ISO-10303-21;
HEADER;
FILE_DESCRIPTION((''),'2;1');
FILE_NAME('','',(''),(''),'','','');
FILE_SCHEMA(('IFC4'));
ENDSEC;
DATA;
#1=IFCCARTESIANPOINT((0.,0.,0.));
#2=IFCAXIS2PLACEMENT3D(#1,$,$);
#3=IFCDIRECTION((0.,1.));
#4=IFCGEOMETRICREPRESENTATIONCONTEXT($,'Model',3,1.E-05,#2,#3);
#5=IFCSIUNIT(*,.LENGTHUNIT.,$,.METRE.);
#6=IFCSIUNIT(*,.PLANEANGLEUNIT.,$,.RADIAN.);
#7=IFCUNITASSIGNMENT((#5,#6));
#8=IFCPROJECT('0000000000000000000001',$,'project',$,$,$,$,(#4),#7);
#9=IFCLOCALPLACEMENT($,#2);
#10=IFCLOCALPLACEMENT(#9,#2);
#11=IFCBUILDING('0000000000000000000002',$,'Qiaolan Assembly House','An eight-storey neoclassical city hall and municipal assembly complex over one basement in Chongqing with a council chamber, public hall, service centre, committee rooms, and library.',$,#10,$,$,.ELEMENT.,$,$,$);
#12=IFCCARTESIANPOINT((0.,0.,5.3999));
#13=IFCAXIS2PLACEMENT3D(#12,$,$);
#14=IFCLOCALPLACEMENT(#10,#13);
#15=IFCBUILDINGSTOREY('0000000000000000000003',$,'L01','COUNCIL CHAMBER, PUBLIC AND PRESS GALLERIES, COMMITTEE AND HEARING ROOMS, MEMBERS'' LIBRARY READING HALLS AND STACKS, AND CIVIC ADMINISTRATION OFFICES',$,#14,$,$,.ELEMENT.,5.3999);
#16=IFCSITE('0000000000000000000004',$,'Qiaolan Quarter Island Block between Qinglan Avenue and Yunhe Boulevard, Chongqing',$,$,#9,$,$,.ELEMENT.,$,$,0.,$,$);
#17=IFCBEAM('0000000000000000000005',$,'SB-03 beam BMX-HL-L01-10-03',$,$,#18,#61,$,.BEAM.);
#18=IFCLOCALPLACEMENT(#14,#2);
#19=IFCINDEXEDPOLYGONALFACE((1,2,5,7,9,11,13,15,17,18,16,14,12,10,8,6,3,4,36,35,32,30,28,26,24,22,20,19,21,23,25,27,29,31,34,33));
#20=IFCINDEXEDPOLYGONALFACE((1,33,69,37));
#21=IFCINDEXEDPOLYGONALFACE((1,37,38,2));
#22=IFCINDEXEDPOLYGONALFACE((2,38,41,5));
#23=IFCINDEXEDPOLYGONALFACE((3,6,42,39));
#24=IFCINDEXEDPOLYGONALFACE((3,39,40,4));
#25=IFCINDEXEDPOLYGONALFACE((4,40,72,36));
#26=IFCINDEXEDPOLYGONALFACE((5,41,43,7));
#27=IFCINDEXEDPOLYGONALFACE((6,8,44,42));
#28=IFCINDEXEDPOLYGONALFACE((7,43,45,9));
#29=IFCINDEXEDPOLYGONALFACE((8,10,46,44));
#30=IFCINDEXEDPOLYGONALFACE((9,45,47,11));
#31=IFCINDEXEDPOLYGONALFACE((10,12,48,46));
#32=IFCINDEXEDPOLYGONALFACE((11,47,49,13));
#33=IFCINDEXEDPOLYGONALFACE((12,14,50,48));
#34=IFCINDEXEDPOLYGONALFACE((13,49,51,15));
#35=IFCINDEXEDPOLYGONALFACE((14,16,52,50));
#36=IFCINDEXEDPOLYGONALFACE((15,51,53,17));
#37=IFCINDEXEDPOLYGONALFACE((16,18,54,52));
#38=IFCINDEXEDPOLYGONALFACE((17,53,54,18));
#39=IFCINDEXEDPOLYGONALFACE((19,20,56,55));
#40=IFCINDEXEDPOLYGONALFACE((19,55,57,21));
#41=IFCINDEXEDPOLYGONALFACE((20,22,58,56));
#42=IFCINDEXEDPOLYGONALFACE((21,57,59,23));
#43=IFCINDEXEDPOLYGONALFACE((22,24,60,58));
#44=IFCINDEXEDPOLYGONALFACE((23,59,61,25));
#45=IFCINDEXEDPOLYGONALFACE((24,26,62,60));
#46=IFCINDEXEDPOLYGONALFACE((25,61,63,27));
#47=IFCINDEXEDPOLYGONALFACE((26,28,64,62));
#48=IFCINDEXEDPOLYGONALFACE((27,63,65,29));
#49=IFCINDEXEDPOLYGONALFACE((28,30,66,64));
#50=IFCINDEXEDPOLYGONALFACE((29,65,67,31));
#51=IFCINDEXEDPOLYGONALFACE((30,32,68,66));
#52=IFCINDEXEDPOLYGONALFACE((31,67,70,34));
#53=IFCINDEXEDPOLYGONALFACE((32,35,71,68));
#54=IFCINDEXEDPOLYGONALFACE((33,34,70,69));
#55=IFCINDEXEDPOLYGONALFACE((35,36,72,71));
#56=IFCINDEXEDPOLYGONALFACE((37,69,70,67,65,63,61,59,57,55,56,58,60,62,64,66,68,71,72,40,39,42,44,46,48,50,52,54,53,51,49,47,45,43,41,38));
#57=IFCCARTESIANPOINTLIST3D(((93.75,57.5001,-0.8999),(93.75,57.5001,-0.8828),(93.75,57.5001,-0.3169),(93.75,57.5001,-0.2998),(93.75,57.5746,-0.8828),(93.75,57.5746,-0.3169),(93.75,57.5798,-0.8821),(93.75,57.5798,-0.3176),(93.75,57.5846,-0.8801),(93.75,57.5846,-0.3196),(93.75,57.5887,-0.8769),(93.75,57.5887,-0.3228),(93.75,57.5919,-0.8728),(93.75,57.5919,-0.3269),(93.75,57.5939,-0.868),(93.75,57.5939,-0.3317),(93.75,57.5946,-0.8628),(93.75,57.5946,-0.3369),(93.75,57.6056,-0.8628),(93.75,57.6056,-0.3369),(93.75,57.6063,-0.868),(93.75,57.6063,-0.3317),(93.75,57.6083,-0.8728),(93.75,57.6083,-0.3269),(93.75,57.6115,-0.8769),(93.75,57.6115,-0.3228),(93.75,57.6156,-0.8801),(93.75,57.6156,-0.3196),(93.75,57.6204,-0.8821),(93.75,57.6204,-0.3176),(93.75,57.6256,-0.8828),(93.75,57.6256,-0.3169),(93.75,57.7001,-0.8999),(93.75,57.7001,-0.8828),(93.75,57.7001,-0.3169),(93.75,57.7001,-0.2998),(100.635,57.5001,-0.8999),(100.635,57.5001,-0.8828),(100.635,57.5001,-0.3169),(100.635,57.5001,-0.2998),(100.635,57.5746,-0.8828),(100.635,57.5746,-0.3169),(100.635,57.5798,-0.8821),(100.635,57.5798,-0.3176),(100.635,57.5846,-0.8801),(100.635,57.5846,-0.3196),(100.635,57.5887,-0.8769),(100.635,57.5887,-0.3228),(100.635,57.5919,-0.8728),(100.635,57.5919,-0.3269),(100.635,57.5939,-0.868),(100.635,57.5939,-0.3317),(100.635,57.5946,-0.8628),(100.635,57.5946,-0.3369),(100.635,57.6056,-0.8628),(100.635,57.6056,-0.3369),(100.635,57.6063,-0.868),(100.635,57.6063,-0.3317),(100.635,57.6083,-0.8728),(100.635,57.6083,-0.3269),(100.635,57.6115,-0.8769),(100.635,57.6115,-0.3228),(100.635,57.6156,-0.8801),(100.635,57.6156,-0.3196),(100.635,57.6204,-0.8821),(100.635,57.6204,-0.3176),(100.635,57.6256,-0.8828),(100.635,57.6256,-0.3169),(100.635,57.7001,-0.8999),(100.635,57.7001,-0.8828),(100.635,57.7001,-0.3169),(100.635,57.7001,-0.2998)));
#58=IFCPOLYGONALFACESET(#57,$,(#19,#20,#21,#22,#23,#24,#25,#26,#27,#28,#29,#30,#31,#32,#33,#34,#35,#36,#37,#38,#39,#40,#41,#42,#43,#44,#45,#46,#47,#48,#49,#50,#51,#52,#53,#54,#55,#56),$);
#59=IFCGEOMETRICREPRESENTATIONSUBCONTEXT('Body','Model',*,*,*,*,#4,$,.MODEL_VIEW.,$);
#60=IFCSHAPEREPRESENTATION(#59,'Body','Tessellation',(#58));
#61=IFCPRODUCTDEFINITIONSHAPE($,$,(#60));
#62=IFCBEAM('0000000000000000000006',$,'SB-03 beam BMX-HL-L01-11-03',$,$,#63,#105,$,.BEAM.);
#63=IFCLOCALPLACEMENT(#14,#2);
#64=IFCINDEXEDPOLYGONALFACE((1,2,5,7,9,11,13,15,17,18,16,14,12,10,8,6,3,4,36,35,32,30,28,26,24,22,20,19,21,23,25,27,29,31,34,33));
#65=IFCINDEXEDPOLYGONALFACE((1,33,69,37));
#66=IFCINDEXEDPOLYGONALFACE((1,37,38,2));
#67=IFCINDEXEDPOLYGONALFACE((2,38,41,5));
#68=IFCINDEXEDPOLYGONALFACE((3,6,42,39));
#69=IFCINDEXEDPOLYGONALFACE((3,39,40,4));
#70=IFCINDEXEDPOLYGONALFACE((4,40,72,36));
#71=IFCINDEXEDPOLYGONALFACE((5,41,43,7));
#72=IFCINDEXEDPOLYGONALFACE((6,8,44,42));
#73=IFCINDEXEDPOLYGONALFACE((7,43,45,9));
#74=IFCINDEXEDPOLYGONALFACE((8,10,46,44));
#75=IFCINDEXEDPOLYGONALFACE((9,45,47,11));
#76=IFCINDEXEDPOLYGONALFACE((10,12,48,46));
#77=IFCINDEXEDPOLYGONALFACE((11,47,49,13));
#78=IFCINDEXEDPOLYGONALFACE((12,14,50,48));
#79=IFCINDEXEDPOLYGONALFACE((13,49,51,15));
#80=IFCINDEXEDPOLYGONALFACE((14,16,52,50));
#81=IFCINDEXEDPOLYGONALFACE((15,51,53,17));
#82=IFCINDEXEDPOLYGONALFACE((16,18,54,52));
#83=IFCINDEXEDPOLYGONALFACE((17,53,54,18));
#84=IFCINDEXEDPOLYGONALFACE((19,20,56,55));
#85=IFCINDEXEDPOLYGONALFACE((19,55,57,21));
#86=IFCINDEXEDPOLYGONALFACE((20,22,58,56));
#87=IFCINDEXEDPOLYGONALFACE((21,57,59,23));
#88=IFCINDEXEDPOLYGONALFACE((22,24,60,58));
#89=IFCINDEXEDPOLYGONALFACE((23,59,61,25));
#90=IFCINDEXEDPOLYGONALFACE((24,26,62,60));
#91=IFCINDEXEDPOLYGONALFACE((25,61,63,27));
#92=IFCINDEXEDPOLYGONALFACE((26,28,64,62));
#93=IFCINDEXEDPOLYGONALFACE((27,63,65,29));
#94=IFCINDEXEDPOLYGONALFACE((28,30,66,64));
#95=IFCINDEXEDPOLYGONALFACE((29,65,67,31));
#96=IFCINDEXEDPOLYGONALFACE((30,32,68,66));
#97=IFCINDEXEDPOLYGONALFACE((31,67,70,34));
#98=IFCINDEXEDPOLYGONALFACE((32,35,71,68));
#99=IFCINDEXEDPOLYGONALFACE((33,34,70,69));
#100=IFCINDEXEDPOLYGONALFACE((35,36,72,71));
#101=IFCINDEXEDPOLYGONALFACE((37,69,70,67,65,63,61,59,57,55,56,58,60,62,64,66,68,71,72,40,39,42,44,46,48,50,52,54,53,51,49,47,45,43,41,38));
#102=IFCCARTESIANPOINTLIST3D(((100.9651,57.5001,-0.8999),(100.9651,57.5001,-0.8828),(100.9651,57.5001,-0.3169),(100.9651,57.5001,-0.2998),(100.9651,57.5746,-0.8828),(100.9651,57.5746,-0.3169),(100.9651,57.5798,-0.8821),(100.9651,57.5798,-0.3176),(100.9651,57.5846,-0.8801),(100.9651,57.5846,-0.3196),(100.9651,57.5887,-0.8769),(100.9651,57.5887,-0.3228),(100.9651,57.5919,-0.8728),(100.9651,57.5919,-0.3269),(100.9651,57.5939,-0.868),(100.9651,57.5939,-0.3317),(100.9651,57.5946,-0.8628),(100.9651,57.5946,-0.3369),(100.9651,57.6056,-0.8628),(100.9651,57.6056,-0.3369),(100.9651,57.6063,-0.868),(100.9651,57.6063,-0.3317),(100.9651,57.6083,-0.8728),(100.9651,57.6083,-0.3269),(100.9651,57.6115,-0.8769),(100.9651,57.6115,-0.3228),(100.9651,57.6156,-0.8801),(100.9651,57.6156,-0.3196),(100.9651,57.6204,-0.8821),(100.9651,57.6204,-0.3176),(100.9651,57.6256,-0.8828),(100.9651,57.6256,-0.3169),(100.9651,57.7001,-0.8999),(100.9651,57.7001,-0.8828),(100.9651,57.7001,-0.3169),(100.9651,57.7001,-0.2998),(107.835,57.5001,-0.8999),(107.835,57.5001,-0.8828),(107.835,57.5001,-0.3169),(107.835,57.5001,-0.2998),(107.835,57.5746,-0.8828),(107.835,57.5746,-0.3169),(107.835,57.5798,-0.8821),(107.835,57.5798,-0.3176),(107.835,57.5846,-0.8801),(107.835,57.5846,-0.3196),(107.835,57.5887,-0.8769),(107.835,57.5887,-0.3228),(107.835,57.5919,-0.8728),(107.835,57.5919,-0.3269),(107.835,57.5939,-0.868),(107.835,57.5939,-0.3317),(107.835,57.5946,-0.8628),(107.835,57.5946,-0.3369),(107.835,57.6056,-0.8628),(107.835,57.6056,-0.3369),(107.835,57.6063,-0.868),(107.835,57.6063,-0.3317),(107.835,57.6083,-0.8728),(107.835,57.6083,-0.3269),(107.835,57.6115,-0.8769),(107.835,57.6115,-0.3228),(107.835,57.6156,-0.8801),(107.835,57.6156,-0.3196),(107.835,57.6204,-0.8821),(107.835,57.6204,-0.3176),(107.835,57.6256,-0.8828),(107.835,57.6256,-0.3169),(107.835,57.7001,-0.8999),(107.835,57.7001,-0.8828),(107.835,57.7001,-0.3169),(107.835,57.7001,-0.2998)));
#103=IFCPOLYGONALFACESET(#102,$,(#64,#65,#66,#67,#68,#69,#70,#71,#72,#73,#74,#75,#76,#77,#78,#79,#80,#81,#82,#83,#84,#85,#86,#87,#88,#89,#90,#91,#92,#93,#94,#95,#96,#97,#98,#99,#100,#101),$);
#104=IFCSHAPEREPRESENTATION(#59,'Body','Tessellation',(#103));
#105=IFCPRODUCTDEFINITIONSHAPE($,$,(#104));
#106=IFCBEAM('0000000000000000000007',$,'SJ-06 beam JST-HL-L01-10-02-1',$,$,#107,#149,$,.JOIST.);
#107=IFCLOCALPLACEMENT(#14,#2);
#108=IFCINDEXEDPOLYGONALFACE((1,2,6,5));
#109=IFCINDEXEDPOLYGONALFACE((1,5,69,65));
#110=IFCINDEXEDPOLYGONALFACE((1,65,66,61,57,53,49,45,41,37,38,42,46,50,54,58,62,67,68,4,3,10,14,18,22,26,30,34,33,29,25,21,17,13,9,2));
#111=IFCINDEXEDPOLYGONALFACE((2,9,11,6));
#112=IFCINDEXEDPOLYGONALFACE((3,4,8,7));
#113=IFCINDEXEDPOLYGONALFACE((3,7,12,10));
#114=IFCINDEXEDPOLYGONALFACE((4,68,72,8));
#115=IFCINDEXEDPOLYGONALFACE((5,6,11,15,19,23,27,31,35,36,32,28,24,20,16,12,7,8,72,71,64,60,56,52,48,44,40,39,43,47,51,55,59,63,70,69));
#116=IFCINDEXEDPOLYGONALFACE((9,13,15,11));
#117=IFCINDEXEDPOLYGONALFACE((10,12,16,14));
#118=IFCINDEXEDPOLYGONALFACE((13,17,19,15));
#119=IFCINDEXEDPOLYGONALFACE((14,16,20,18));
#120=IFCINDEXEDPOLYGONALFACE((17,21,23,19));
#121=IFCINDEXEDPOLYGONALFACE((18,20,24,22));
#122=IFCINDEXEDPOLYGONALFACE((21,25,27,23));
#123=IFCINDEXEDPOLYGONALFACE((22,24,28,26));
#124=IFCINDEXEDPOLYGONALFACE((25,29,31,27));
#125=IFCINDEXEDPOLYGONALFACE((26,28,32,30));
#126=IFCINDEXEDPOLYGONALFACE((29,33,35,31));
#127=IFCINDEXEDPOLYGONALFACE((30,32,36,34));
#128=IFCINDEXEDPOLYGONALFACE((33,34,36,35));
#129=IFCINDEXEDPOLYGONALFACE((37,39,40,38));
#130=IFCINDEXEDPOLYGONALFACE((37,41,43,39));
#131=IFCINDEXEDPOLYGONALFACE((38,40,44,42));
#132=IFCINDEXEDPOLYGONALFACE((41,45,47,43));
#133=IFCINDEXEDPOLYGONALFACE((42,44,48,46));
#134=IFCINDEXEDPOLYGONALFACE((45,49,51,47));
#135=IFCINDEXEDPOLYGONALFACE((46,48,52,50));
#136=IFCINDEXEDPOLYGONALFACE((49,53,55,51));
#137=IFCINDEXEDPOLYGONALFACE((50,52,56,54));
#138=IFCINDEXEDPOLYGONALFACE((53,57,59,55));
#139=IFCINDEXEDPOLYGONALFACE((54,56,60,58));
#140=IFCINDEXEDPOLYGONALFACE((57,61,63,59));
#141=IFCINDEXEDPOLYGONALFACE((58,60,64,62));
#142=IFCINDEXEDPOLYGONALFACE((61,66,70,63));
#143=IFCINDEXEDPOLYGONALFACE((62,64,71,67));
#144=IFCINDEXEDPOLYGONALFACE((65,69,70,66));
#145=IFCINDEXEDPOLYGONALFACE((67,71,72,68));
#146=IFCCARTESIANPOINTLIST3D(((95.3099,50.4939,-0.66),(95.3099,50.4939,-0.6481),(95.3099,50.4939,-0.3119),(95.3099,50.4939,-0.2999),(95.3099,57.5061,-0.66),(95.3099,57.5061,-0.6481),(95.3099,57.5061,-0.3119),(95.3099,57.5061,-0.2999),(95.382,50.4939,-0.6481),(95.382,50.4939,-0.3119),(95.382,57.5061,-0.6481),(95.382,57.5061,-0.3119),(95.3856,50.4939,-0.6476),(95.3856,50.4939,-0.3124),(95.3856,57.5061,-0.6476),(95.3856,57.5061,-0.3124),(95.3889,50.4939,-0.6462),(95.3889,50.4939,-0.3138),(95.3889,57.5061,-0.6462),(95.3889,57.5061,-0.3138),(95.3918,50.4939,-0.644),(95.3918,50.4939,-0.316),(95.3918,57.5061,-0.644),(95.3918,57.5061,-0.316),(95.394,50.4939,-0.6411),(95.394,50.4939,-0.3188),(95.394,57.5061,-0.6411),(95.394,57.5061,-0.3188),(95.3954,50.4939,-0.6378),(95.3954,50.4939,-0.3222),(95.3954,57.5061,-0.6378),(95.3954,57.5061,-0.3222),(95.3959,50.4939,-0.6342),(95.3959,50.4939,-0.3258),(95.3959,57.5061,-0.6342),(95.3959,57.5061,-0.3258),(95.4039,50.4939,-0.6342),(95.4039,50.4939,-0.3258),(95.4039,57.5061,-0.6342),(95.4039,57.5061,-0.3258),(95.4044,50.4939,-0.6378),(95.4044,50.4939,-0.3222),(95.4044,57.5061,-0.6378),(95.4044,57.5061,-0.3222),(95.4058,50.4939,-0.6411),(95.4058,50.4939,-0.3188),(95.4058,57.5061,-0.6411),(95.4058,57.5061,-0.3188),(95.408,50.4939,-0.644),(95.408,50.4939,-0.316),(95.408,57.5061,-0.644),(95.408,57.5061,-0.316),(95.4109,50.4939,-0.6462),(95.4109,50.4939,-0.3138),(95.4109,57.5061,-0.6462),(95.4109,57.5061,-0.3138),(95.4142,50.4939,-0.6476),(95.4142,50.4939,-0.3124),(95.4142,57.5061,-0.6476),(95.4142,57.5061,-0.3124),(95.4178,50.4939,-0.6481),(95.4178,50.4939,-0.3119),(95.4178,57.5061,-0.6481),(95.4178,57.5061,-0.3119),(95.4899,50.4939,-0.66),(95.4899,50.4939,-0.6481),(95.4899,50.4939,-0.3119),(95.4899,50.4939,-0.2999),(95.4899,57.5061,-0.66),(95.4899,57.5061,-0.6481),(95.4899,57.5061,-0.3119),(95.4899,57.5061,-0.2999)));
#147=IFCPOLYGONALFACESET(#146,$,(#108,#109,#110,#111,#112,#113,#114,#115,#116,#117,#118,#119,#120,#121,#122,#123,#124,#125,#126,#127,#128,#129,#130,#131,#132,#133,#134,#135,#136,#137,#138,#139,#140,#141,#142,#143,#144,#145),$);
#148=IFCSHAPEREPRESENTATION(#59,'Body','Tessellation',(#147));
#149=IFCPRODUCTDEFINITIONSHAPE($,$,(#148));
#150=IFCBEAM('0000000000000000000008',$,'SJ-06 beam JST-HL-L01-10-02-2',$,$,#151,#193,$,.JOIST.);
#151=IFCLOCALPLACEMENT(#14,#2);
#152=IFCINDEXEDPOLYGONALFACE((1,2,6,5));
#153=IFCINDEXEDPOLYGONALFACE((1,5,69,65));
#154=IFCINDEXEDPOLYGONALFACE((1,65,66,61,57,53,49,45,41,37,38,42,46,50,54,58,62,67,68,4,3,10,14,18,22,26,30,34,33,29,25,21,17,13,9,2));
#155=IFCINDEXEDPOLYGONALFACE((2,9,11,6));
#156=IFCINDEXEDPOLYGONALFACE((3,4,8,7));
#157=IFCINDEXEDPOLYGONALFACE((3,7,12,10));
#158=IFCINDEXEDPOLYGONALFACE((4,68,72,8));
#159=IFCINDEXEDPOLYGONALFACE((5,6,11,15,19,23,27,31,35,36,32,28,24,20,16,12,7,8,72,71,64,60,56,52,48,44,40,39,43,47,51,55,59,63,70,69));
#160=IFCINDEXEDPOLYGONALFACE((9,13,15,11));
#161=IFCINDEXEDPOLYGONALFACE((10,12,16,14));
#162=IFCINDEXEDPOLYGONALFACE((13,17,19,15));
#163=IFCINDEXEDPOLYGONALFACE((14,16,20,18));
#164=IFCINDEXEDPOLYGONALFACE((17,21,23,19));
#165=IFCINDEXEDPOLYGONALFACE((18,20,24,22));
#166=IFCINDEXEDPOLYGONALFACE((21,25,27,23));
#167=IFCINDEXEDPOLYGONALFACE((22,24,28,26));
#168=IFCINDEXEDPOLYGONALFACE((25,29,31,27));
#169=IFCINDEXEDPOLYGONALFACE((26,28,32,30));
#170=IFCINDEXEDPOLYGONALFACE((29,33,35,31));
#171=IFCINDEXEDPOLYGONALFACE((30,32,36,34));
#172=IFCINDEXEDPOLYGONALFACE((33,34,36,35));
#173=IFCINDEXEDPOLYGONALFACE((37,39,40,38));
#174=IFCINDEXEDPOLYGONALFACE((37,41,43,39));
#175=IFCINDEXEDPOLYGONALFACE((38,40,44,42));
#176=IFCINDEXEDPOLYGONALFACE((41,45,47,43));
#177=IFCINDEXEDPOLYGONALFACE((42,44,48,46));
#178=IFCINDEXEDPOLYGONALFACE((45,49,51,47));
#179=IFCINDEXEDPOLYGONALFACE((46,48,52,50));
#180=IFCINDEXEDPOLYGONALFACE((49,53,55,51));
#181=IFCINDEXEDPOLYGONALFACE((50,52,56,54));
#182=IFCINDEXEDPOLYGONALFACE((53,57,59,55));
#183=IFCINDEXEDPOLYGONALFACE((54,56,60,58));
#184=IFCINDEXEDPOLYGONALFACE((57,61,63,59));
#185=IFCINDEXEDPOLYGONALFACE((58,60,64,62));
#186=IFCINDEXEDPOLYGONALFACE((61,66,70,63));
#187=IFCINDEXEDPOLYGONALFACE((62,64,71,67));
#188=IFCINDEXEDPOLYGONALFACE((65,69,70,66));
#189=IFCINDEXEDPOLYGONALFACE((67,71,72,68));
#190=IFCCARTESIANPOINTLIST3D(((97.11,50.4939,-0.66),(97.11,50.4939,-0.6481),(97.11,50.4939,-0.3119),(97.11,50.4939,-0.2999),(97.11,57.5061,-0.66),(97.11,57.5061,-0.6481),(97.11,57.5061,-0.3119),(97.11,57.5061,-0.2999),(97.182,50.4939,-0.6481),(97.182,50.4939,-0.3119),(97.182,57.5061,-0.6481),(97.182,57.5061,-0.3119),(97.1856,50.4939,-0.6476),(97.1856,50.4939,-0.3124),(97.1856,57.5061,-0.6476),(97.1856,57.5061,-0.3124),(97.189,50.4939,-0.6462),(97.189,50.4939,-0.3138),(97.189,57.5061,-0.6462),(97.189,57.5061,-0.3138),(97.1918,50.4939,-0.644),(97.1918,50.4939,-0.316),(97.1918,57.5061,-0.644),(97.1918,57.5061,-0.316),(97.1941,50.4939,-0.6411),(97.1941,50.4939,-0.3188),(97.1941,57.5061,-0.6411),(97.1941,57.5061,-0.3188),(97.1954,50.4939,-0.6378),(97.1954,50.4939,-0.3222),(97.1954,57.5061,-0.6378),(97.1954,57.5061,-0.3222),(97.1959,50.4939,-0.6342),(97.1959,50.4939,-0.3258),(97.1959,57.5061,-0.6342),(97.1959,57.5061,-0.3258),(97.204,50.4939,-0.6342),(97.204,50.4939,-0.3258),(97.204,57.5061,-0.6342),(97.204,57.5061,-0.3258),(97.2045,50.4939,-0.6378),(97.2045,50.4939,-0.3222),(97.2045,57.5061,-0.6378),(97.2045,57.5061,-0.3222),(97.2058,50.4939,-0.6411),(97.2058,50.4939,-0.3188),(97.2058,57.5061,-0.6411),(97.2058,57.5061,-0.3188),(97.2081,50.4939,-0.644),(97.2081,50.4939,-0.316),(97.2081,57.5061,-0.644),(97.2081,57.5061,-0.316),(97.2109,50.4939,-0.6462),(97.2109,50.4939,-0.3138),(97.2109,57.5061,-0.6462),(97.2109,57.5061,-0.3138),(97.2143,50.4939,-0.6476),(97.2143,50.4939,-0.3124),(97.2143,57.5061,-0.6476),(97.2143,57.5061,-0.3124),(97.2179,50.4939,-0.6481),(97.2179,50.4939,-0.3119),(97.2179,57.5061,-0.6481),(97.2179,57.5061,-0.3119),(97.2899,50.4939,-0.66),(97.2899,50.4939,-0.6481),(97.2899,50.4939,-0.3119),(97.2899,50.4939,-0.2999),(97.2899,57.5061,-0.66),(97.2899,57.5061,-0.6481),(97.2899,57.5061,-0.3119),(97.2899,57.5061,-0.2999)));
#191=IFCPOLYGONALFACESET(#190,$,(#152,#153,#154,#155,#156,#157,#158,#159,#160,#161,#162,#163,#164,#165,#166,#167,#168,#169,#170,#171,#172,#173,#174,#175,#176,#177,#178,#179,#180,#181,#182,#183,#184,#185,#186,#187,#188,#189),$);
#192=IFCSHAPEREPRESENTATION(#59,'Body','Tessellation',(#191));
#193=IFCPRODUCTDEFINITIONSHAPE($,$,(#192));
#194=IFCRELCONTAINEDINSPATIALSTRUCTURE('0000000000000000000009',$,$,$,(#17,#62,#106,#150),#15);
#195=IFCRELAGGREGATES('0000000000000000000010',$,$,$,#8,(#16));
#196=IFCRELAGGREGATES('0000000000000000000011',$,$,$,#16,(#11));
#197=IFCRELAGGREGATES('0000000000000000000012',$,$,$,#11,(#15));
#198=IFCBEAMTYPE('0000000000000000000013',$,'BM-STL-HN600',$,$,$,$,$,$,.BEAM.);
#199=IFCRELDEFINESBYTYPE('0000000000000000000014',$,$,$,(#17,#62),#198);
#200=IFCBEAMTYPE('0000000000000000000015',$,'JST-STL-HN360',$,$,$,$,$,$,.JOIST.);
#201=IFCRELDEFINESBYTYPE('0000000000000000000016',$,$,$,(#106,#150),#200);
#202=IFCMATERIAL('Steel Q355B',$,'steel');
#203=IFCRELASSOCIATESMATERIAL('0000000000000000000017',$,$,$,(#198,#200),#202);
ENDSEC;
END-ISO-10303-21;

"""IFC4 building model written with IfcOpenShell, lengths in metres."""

from ifc_helpers import new_model, si_unit, direction, frame, origin, origin_2d, place, context, subcontext, project, spatial, i_section, extrude, material, material_profile, profile_set, type_object, element, save


model = new_model("IFC4")

# Units and contexts
model_context = context("Model", 3, precision=1e-05, world=origin(), true_north=direction((0.0, 1.0)))
body_context = subcontext(model_context, "Body", "Model", "MODEL_VIEW")
ifc_project = project(units=[si_unit("LENGTHUNIT", "METRE"), si_unit("PLANEANGLEUNIT", "RADIAN")], contexts=[model_context])

# Site, building, storey
site_placement = place(None, origin())
site = spatial("IfcSite", under=ifc_project, at=site_placement, Name="Qiaolan Quarter Island Block between Qinglan Avenue and Yunhe Boulevard, Chongqing", CompositionType="ELEMENT", RefElevation=0.0)
building_placement = place(site_placement, origin())
building = spatial("IfcBuilding", under=site, at=building_placement, Name="Qiaolan Assembly House", Description="An eight-storey neoclassical city hall and municipal assembly complex over one basement in Chongqing with a council chamber, public hall, service centre, committee rooms, and library.", CompositionType="ELEMENT")
storey_placement = place(building_placement, frame((0.0, 0.0, 5.3999)))
storey = spatial("IfcBuildingStorey", under=building, at=storey_placement, Name="L01", Description="COUNCIL CHAMBER, PUBLIC AND PRESS GALLERIES, COMMITTEE AND HEARING ROOMS, MEMBERS' LIBRARY READING HALLS AND STACKS, AND CIVIC ADMINISTRATION OFFICES", CompositionType="ELEMENT", Elevation=5.3999)

# Shared definitions
ifc_material_1 = material(Name="Steel Q355B", Category="steel")

# Beams
ifc_material_profile_1 = material_profile(ifc_material_1, i_section(OverallWidth=0.2, OverallDepth=0.6001, WebThickness=0.011, FlangeThickness=0.0171, FilletRadius=0.02, at=origin_2d()), Name="HN 600x200x11x17")
ifc_profile_set_1 = profile_set([ifc_material_profile_1], Name="Steel Q355B")
beam_type_1 = type_object("IfcBeamType", Name="BM-STL-HN600", PredefinedType="BEAM", material=ifc_profile_set_1)
beam_1_placement = place(storey_placement, frame((93.75, 57.6001, -0.5999), z_axis=(1.0, 0.0, 0.0), x_axis=(0.0, 1.0, 0.0)))
element("IfcBeam", 1, at=beam_1_placement, inside=storey, type_object=beam_type_1, Name="SB-03 beam BMX-HL-L01-10-03", PredefinedType="BEAM", context=body_context, shape_type="SweptSolid", body=[
    extrude(i_section(OverallWidth=0.2, OverallDepth=0.6001, WebThickness=0.011, FlangeThickness=0.0171, FilletRadius=0.02, at=origin_2d()), origin(), (0.0, 0.0, 1.0), 6.885),
])
beam_2_placement = place(storey_placement, frame((100.9651, 57.6001, -0.5999), z_axis=(1.0, 0.0, 0.0), x_axis=(0.0, 1.0, 0.0)))
element("IfcBeam", 2, at=beam_2_placement, inside=storey, type_object=beam_type_1, Name="SB-03 beam BMX-HL-L01-11-03", PredefinedType="BEAM", context=body_context, shape_type="SweptSolid", body=[
    extrude(i_section(OverallWidth=0.2, OverallDepth=0.6001, WebThickness=0.011, FlangeThickness=0.0171, FilletRadius=0.02, at=origin_2d()), origin(), (0.0, 0.0, 1.0), 6.8699),
])
ifc_material_profile_2 = material_profile(ifc_material_1, i_section(OverallWidth=0.1799, OverallDepth=0.3601, WebThickness=0.0081, FlangeThickness=0.012, FilletRadius=0.0139, at=origin_2d()), Name="HN 360x180x8x12")
ifc_profile_set_2 = profile_set([ifc_material_profile_2], Name="Steel Q355B")
beam_type_2 = type_object("IfcBeamType", Name="JST-STL-HN360", PredefinedType="JOIST", material=ifc_profile_set_2)
for number, where, z_axis, x_axis, name in (
    (3, (95.3999, 50.4939, -0.48), (0.0, 1.0, 0.0), (-1.0, 0.0, 0.0), "SJ-06 beam JST-HL-L01-10-02-1"),
    (4, (97.2, 50.4939, -0.48), (0.0, 1.0, 0.0), (-1.0, 0.0, 0.0), "SJ-06 beam JST-HL-L01-10-02-2"),
):
    element("IfcBeam", number, at=place(storey_placement, frame(where, z_axis=z_axis, x_axis=x_axis)), inside=storey, type_object=beam_type_2, Name=name, PredefinedType="JOIST", context=body_context, shape_type="SweptSolid", body=[
        extrude(i_section(OverallWidth=0.1799, OverallDepth=0.3601, WebThickness=0.0081, FlangeThickness=0.012, FilletRadius=0.0139, at=origin_2d()), origin(), (0.0, 0.0, 1.0), 7.0122),
    ])

save(model, "model.ifc")
